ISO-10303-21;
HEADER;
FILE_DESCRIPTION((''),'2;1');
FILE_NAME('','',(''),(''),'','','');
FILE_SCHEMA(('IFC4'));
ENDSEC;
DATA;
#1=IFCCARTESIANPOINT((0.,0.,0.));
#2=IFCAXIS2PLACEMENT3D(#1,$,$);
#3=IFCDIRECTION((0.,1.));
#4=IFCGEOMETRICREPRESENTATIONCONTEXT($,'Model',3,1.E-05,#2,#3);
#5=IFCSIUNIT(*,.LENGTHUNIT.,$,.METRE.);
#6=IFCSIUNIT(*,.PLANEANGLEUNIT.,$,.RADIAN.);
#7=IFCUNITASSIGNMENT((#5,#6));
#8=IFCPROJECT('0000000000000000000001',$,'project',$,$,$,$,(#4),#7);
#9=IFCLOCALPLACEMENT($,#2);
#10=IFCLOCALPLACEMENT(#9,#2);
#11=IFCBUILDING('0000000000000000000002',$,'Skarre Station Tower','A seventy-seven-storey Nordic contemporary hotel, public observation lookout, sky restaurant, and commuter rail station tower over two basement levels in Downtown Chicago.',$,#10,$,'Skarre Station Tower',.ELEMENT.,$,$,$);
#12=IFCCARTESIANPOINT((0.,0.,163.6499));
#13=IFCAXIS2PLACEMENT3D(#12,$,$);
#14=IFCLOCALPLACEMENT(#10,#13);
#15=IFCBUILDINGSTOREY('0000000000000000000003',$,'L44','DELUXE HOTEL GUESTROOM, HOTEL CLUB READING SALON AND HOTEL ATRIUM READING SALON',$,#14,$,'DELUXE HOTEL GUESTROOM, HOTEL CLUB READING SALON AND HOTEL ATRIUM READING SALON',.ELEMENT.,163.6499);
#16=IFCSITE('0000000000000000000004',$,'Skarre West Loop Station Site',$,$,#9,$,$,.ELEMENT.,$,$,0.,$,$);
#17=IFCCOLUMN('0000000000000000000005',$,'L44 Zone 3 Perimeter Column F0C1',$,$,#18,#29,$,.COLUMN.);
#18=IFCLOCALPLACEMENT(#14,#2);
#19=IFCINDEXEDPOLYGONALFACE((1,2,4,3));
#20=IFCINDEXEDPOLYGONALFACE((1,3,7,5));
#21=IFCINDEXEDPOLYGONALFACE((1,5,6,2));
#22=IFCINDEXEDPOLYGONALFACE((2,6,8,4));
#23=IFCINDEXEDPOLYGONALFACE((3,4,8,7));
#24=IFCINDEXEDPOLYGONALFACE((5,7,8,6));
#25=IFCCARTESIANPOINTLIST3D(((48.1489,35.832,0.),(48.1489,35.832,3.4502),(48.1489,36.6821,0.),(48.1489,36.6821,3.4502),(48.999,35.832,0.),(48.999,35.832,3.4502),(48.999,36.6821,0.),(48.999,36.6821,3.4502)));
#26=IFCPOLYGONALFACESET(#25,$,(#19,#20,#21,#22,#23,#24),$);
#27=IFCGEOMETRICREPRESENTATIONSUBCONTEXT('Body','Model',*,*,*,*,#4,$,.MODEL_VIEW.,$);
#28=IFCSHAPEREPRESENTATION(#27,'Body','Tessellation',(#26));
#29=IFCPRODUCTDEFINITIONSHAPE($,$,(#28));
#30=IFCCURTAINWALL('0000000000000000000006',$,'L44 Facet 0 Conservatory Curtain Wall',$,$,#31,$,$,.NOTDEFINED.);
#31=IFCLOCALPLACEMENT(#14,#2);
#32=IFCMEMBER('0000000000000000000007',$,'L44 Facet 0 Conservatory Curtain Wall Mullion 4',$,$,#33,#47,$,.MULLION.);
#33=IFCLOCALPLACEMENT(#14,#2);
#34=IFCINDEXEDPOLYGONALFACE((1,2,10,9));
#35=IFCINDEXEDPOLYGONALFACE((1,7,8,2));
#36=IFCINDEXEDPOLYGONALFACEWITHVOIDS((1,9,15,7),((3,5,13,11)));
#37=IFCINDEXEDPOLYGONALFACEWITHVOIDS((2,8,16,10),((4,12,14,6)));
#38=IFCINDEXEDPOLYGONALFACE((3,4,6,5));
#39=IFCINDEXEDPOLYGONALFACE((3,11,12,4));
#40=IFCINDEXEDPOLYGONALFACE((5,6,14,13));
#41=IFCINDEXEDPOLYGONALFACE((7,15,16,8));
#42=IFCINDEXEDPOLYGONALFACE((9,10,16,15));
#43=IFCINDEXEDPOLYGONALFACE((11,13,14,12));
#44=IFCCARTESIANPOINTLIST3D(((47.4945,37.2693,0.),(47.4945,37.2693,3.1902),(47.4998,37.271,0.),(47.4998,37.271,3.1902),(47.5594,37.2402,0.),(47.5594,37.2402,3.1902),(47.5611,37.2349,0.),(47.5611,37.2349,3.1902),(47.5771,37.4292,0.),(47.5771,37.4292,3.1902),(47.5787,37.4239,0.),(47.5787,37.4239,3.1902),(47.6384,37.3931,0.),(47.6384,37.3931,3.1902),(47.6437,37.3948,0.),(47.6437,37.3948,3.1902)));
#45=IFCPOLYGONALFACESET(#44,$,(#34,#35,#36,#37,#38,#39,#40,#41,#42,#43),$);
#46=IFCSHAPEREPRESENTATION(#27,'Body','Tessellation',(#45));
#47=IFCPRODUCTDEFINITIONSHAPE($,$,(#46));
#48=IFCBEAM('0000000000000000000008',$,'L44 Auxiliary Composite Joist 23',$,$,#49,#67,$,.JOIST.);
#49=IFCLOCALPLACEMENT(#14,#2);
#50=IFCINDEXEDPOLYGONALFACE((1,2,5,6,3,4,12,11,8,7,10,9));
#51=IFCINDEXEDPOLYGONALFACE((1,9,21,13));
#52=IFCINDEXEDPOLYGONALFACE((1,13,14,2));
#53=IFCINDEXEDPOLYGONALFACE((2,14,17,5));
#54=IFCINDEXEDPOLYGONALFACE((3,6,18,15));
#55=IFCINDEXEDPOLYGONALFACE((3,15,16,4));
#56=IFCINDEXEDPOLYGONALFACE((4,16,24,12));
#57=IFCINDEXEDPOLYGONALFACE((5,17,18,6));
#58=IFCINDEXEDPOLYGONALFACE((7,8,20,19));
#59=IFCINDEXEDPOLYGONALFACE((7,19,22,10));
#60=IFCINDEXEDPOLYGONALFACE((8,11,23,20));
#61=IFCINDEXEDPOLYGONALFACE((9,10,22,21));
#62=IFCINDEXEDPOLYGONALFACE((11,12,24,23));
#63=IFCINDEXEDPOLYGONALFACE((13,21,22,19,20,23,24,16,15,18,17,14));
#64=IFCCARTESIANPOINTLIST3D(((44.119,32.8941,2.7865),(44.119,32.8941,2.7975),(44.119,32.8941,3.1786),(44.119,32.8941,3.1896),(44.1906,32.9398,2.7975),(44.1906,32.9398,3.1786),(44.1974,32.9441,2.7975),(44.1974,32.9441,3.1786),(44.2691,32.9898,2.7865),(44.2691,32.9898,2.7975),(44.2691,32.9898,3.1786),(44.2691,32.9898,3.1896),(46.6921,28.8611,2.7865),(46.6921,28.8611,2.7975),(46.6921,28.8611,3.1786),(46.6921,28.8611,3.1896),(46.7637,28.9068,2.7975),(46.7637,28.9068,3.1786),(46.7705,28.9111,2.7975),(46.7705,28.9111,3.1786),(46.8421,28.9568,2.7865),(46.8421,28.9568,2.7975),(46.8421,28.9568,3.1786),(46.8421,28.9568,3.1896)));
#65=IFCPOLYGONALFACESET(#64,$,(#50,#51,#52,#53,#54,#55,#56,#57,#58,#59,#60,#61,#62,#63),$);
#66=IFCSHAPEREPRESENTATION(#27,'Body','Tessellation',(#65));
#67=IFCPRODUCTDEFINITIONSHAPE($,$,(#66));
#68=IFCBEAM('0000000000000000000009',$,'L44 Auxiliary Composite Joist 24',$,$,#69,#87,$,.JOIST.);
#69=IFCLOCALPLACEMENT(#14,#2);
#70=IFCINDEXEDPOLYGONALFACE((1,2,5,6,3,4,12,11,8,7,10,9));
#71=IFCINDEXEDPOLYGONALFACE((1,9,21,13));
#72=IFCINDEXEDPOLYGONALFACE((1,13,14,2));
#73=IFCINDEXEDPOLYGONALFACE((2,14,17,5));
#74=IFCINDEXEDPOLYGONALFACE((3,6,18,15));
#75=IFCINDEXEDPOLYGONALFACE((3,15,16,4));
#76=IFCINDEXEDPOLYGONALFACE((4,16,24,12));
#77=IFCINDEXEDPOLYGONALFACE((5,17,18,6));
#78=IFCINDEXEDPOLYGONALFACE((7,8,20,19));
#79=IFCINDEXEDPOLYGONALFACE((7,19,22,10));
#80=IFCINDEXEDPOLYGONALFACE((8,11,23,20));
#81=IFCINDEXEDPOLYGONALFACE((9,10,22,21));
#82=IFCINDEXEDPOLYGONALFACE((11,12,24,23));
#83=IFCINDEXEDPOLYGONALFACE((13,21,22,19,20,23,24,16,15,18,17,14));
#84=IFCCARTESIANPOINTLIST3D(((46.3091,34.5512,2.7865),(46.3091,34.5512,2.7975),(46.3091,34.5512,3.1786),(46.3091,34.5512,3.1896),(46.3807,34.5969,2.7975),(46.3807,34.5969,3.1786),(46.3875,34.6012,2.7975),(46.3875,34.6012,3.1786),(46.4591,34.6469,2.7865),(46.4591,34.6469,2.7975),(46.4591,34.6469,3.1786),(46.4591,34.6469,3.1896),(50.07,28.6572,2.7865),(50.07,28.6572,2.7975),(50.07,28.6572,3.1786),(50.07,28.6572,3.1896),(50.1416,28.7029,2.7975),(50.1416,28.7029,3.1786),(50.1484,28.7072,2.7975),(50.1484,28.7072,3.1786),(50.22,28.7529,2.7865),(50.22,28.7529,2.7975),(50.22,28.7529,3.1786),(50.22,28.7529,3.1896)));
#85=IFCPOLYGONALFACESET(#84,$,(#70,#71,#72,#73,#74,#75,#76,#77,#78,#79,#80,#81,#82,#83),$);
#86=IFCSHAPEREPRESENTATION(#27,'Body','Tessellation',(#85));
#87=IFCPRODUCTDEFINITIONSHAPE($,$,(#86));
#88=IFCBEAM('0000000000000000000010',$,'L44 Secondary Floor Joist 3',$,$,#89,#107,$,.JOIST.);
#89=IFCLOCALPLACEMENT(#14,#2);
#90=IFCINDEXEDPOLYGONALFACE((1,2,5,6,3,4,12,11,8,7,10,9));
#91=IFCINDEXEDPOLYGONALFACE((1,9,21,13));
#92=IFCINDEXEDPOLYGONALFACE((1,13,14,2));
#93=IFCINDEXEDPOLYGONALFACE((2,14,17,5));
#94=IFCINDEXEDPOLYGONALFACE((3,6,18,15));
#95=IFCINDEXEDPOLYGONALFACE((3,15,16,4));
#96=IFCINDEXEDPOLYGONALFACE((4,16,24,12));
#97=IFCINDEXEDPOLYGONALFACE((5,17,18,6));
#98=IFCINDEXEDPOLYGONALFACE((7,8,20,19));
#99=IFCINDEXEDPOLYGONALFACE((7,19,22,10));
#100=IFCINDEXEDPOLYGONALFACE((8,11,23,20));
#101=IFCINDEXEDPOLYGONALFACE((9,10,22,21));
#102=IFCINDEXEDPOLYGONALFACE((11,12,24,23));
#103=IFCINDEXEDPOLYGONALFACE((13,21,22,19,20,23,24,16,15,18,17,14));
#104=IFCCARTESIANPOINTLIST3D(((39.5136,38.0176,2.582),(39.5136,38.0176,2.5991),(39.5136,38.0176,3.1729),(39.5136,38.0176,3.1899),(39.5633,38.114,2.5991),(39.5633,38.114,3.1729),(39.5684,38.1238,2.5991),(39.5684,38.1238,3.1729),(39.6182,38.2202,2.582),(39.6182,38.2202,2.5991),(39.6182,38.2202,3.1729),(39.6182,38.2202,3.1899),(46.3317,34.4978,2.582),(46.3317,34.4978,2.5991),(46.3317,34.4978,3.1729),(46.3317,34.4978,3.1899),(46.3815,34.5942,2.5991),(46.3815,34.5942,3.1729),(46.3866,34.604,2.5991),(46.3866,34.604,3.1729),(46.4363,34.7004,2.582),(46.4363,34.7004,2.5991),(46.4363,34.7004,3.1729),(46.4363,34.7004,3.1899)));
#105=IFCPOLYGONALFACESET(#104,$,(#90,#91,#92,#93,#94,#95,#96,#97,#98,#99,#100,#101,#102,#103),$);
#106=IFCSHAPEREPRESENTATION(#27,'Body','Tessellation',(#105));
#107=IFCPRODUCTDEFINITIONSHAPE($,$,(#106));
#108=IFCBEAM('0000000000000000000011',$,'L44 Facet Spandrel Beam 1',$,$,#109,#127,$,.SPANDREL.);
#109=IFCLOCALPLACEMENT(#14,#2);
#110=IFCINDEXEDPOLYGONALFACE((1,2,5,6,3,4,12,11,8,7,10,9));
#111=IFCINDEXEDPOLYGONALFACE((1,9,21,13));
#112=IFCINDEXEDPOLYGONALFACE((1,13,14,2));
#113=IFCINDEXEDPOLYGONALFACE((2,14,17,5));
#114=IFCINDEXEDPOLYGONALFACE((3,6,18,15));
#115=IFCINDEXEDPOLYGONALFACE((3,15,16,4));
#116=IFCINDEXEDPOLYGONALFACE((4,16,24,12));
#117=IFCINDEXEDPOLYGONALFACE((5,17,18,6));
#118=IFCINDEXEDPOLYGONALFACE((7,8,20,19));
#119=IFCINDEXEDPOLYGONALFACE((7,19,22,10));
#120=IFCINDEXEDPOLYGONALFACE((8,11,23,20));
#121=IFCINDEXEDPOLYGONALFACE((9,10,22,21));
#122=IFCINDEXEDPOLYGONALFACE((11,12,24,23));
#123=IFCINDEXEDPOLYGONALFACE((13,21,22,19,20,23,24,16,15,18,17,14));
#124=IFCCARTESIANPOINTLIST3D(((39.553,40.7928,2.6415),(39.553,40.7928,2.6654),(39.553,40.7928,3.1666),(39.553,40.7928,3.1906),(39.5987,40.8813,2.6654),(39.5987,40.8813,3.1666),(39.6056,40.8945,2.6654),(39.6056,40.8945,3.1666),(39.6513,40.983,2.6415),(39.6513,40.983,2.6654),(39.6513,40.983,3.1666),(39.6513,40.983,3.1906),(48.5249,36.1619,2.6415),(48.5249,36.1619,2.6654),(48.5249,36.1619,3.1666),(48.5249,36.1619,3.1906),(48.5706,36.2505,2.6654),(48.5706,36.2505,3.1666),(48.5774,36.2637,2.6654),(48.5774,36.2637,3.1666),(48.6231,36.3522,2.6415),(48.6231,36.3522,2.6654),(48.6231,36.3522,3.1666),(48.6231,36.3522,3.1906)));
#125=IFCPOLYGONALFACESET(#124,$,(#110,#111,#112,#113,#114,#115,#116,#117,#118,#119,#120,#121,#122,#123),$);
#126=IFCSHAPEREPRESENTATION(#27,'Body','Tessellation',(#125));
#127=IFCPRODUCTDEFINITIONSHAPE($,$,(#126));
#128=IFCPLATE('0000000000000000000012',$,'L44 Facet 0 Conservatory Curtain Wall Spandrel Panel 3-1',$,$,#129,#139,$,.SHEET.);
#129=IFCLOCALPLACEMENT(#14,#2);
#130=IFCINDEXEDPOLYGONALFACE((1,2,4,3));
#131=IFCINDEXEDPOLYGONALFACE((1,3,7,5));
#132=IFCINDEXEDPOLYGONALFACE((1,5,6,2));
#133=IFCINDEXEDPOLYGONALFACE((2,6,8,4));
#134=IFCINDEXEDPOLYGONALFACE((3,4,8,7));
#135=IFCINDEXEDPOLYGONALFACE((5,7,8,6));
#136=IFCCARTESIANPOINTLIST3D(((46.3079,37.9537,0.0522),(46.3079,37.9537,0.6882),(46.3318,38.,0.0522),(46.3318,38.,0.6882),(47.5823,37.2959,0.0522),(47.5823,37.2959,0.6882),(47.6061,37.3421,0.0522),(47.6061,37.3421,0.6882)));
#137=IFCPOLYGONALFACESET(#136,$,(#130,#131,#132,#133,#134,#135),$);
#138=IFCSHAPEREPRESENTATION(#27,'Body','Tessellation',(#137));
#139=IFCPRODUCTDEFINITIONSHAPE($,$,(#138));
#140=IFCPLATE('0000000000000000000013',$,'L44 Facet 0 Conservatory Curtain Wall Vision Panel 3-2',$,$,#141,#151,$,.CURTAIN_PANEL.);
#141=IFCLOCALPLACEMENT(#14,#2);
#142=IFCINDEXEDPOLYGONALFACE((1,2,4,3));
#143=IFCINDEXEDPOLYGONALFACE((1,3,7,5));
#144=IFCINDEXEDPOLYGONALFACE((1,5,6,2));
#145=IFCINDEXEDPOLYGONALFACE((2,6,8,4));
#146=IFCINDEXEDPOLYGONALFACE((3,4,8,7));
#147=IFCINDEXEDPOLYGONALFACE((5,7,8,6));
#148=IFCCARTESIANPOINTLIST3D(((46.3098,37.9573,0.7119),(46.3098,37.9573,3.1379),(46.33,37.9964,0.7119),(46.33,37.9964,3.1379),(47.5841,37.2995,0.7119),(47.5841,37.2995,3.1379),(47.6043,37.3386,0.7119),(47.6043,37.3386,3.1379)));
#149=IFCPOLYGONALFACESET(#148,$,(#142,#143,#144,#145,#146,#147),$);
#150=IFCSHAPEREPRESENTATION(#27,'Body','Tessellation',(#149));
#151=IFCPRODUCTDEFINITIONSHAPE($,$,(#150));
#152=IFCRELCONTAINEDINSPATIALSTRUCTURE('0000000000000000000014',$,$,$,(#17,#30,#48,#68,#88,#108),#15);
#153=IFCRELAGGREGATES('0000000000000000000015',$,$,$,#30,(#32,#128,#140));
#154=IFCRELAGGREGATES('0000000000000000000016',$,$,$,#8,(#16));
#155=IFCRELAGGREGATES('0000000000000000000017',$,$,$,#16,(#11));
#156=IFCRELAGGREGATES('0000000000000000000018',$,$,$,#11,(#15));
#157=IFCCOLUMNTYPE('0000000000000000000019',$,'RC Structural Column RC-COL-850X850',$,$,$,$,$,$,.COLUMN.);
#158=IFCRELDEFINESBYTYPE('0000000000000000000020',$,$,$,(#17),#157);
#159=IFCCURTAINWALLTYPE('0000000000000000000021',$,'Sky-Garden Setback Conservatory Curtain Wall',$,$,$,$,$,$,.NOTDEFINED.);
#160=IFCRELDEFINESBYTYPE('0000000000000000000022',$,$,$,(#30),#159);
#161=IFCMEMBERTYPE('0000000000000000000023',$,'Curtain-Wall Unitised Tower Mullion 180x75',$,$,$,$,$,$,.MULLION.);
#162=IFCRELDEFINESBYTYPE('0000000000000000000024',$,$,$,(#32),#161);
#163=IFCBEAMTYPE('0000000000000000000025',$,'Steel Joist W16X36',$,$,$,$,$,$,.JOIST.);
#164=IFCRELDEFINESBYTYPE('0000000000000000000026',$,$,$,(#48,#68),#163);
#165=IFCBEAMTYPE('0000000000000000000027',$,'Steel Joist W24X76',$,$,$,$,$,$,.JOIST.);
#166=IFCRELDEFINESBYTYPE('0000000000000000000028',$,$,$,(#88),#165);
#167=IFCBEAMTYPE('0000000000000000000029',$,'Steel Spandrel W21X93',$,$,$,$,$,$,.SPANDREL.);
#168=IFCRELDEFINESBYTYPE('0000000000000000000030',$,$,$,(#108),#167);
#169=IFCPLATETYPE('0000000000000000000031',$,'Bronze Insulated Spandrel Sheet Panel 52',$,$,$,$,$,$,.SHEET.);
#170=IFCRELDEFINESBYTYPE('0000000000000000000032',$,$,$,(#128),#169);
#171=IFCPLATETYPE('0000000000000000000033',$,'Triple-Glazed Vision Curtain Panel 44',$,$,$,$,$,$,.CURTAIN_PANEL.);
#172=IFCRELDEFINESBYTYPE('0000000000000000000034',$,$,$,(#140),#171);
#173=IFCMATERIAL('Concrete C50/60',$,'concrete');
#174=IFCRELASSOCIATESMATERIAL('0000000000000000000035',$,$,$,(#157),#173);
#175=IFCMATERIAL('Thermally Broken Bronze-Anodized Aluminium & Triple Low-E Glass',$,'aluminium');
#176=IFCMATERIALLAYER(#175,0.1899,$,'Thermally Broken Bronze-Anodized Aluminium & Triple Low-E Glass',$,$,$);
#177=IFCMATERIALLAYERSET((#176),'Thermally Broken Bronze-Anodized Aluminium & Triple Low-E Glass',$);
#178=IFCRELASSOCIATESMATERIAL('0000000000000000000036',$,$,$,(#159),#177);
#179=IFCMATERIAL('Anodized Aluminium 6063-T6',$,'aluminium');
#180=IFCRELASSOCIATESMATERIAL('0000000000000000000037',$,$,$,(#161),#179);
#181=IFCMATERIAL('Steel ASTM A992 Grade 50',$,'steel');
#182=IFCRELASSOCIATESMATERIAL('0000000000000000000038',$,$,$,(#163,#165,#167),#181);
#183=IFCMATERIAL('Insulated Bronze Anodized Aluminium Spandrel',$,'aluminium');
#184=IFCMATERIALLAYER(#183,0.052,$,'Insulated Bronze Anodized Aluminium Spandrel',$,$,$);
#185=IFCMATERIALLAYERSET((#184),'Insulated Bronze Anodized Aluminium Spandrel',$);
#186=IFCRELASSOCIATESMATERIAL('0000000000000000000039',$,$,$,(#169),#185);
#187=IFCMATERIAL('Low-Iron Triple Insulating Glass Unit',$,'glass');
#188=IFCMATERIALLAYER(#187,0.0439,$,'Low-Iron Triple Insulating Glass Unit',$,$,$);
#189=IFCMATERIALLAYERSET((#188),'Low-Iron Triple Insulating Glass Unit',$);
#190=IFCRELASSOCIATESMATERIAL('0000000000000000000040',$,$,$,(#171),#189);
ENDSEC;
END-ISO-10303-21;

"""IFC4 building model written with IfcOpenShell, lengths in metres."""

from ifc_helpers import new_model, si_unit, direction, frame, origin, origin_2d, place, context, subcontext, project, spatial, rectangle, hollow_rectangle, i_section, extrude, material, layer, layer_set, material_profile, profile_set, type_object, element, aggregate, save


model = new_model("IFC4")

# Units and contexts
model_context = context("Model", 3, precision=1e-05, world=origin(), true_north=direction((0.0, 1.0)))
body_context = subcontext(model_context, "Body", "Model", "MODEL_VIEW")
ifc_project = project(units=[si_unit("LENGTHUNIT", "METRE"), si_unit("PLANEANGLEUNIT", "RADIAN")], contexts=[model_context])

# Site, building, storey
site_placement = place(None, origin())
site = spatial("IfcSite", under=ifc_project, at=site_placement, Name="Skarre West Loop Station Site", CompositionType="ELEMENT", RefElevation=0.0)
building_placement = place(site_placement, origin())
building = spatial("IfcBuilding", under=site, at=building_placement, Name="Skarre Station Tower", Description="A seventy-seven-storey Nordic contemporary hotel, public observation lookout, sky restaurant, and commuter rail station tower over two basement levels in Downtown Chicago.", LongName="Skarre Station Tower", CompositionType="ELEMENT")
storey_placement = place(building_placement, frame((0.0, 0.0, 163.6499)))
storey = spatial("IfcBuildingStorey", under=building, at=storey_placement, Name="L44", Description="DELUXE HOTEL GUESTROOM, HOTEL CLUB READING SALON AND HOTEL ATRIUM READING SALON", LongName="DELUXE HOTEL GUESTROOM, HOTEL CLUB READING SALON AND HOTEL ATRIUM READING SALON", CompositionType="ELEMENT", Elevation=163.6499)

# Column
ifc_material_1 = material(Name="Concrete C50/60", Category="concrete")
ifc_material_profile_1 = material_profile(ifc_material_1, rectangle(XDim=0.8501, YDim=0.8501, at=origin_2d()), Name="Concrete C50/60")
ifc_profile_set_1 = profile_set([ifc_material_profile_1], Name="Concrete C50/60")
column_type = type_object("IfcColumnType", Name="RC Structural Column RC-COL-850X850", PredefinedType="COLUMN", material=ifc_profile_set_1)
column_placement = place(storey_placement, frame((48.574, 36.2571, 0.0), z_axis=(0.0, 0.0, 1.0), x_axis=(1.0, 0.0, 0.0)))
element("IfcColumn", 1, at=column_placement, inside=storey, type_object=column_type, Name="L44 Zone 3 Perimeter Column F0C1", PredefinedType="COLUMN", context=body_context, shape_type="SweptSolid", body=[
    extrude(rectangle(XDim=0.8501, YDim=0.8501, at=origin_2d()), origin(), (0.0, 0.0, 1.0), 3.4502),
])

# Curtain wall, member
ifc_material_2 = material(Name="Thermally Broken Bronze-Anodized Aluminium & Triple Low-E Glass", Category="aluminium")
ifc_layer_1 = layer(ifc_material_2, 0.1899, Name="Thermally Broken Bronze-Anodized Aluminium & Triple Low-E Glass")
ifc_layer_set_1 = layer_set([ifc_layer_1], Name="Thermally Broken Bronze-Anodized Aluminium & Triple Low-E Glass")
curtain_wall_type = type_object("IfcCurtainWallType", Name="Sky-Garden Setback Conservatory Curtain Wall", PredefinedType="NOTDEFINED", material=ifc_layer_set_1)
curtain_wall_placement = place(storey_placement, origin())
curtain_wall = element("IfcCurtainWall", 2, at=curtain_wall_placement, inside=storey, type_object=curtain_wall_type, Name="L44 Facet 0 Conservatory Curtain Wall", PredefinedType="NOTDEFINED")
ifc_material_3 = material(Name="Anodized Aluminium 6063-T6", Category="aluminium")
ifc_material_profile_2 = material_profile(ifc_material_3, hollow_rectangle(XDim=0.075, YDim=0.1799, WallThickness=0.0039, at=origin_2d()), Name="Anodized Aluminium 6063-T6")
ifc_profile_set_2 = profile_set([ifc_material_profile_2], Name="Anodized Aluminium 6063-T6")
member_type = type_object("IfcMemberType", Name="Curtain-Wall Unitised Tower Mullion 180x75", PredefinedType="MULLION", material=ifc_profile_set_2)
member_placement = place(storey_placement, frame((47.5691, 37.332, 0.0), z_axis=(0.0, 0.0, 1.0), x_axis=(0.888593, -0.458696, 0.0)))
member = element("IfcMember", 3, at=member_placement, type_object=member_type, Name="L44 Facet 0 Conservatory Curtain Wall Mullion 4", PredefinedType="MULLION", context=body_context, shape_type="SweptSolid", body=[
    extrude(hollow_rectangle(XDim=0.075, YDim=0.1799, WallThickness=0.0039, at=origin_2d()), origin(), (0.0, 0.0, 1.0), 3.1902),
])

# Beams
ifc_material_4 = material(Name="Steel ASTM A992 Grade 50", Category="steel")
ifc_material_profile_3 = material_profile(ifc_material_4, i_section(OverallWidth=0.178, OverallDepth=0.4031, WebThickness=0.0081, FlangeThickness=0.011, at=origin_2d()), Name="Steel ASTM A992 Grade 50")
ifc_profile_set_3 = profile_set([ifc_material_profile_3], Name="Steel ASTM A992 Grade 50")
beam_type_1 = type_object("IfcBeamType", Name="Steel Joist W16X36", PredefinedType="JOIST", material=ifc_profile_set_3)
beam_1_placement = place(storey_placement, frame((46.7671, 28.9089, 2.988), z_axis=(-0.537853, 0.843039, 0.0), x_axis=(-0.843039, -0.537853, 0.0)))
element("IfcBeam", 4, at=beam_1_placement, inside=storey, type_object=beam_type_1, Name="L44 Auxiliary Composite Joist 23", PredefinedType="JOIST", context=body_context, shape_type="SweptSolid", body=[
    extrude(i_section(OverallWidth=0.178, OverallDepth=0.4031, WebThickness=0.0081, FlangeThickness=0.011, at=origin_2d()), origin(), (0.0, 0.0, 1.0), 4.7839),
])
beam_2_placement = place(storey_placement, frame((50.145, 28.7051, 2.988), z_axis=(-0.537917, 0.842998, 0.0), x_axis=(-0.842998, -0.537917, 0.0)))
element("IfcBeam", 5, at=beam_2_placement, inside=storey, type_object=beam_type_1, Name="L44 Auxiliary Composite Joist 24", PredefinedType="JOIST", context=body_context, shape_type="SweptSolid", body=[
    extrude(i_section(OverallWidth=0.178, OverallDepth=0.4031, WebThickness=0.0081, FlangeThickness=0.011, at=origin_2d()), origin(), (0.0, 0.0, 1.0), 6.9917),
])
ifc_material_profile_4 = material_profile(ifc_material_4, i_section(OverallWidth=0.228, OverallDepth=0.6079, WebThickness=0.011, FlangeThickness=0.0171, at=origin_2d()), Name="Steel ASTM A992 Grade 50")
ifc_profile_set_4 = profile_set([ifc_material_profile_4], Name="Steel ASTM A992 Grade 50")
beam_type_2 = type_object("IfcBeamType", Name="Steel Joist W24X76", PredefinedType="JOIST", material=ifc_profile_set_4)
beam_3_placement = place(storey_placement, frame((46.384, 34.5991, 2.886), z_axis=(-0.888581, 0.45872, 0.0), x_axis=(-0.45872, -0.888581, 0.0)))
element("IfcBeam", 6, at=beam_3_placement, inside=storey, type_object=beam_type_2, Name="L44 Secondary Floor Joist 3", PredefinedType="JOIST", context=body_context, shape_type="SweptSolid", body=[
    extrude(i_section(OverallWidth=0.228, OverallDepth=0.6079, WebThickness=0.011, FlangeThickness=0.0171, at=origin_2d()), origin(), (0.0, 0.0, 1.0), 7.6731),
])
ifc_material_profile_5 = material_profile(ifc_material_4, i_section(OverallWidth=0.2141, OverallDepth=0.5491, WebThickness=0.0149, FlangeThickness=0.0239, at=origin_2d()), Name="Steel ASTM A992 Grade 50")
ifc_profile_set_5 = profile_set([ifc_material_profile_5], Name="Steel ASTM A992 Grade 50")
beam_type_3 = type_object("IfcBeamType", Name="Steel Spandrel W21X93", PredefinedType="SPANDREL", material=ifc_profile_set_5)
beam_4_placement = place(storey_placement, frame((48.574, 36.2571, 2.916), z_axis=(-0.888613, 0.458658, 0.0), x_axis=(-0.458658, -0.888613, 0.0)))
element("IfcBeam", 7, at=beam_4_placement, inside=storey, type_object=beam_type_3, Name="L44 Facet Spandrel Beam 1", PredefinedType="SPANDREL", context=body_context, shape_type="SweptSolid", body=[
    extrude(i_section(OverallWidth=0.2141, OverallDepth=0.5491, WebThickness=0.0149, FlangeThickness=0.0239, at=origin_2d()), origin(), (0.0, 0.0, 1.0), 10.0964),
])

# Plates
ifc_material_5 = material(Name="Insulated Bronze Anodized Aluminium Spandrel", Category="aluminium")
ifc_layer_2 = layer(ifc_material_5, 0.052, Name="Insulated Bronze Anodized Aluminium Spandrel")
ifc_layer_set_2 = layer_set([ifc_layer_2], Name="Insulated Bronze Anodized Aluminium Spandrel")
plate_type_1 = type_object("IfcPlateType", Name="Bronze Insulated Spandrel Sheet Panel 52", PredefinedType="SHEET", material=ifc_layer_set_2)
plate_1_placement = place(storey_placement, frame((46.957, 37.6479, 0.0522), z_axis=(0.0, 0.0, 1.0), x_axis=(0.888593, -0.458696, 0.0)))
plate_1 = element("IfcPlate", 8, at=plate_1_placement, type_object=plate_type_1, Name="L44 Facet 0 Conservatory Curtain Wall Spandrel Panel 3-1", PredefinedType="SHEET", context=body_context, shape_type="SweptSolid", body=[
    extrude(rectangle(XDim=1.4341, YDim=0.052, at=origin_2d()), origin(), (0.0, 0.0, 1.0), 0.636),
])
ifc_material_6 = material(Name="Low-Iron Triple Insulating Glass Unit", Category="glass")
ifc_layer_3 = layer(ifc_material_6, 0.0439, Name="Low-Iron Triple Insulating Glass Unit")
ifc_layer_set_3 = layer_set([ifc_layer_3], Name="Low-Iron Triple Insulating Glass Unit")
plate_type_2 = type_object("IfcPlateType", Name="Triple-Glazed Vision Curtain Panel 44", PredefinedType="CURTAIN_PANEL", material=ifc_layer_set_3)
plate_2_placement = place(storey_placement, frame((46.957, 37.6479, 0.7119), z_axis=(0.0, 0.0, 1.0), x_axis=(0.888593, -0.458696, 0.0)))
plate_2 = element("IfcPlate", 9, at=plate_2_placement, type_object=plate_type_2, Name="L44 Facet 0 Conservatory Curtain Wall Vision Panel 3-2", PredefinedType="CURTAIN_PANEL", context=body_context, shape_type="SweptSolid", body=[
    extrude(rectangle(XDim=1.4341, YDim=0.0439, at=origin_2d()), origin(), (0.0, 0.0, 1.0), 2.426),
])
aggregate(curtain_wall, [member, plate_1, plate_2])

save(model, "model.ifc")
